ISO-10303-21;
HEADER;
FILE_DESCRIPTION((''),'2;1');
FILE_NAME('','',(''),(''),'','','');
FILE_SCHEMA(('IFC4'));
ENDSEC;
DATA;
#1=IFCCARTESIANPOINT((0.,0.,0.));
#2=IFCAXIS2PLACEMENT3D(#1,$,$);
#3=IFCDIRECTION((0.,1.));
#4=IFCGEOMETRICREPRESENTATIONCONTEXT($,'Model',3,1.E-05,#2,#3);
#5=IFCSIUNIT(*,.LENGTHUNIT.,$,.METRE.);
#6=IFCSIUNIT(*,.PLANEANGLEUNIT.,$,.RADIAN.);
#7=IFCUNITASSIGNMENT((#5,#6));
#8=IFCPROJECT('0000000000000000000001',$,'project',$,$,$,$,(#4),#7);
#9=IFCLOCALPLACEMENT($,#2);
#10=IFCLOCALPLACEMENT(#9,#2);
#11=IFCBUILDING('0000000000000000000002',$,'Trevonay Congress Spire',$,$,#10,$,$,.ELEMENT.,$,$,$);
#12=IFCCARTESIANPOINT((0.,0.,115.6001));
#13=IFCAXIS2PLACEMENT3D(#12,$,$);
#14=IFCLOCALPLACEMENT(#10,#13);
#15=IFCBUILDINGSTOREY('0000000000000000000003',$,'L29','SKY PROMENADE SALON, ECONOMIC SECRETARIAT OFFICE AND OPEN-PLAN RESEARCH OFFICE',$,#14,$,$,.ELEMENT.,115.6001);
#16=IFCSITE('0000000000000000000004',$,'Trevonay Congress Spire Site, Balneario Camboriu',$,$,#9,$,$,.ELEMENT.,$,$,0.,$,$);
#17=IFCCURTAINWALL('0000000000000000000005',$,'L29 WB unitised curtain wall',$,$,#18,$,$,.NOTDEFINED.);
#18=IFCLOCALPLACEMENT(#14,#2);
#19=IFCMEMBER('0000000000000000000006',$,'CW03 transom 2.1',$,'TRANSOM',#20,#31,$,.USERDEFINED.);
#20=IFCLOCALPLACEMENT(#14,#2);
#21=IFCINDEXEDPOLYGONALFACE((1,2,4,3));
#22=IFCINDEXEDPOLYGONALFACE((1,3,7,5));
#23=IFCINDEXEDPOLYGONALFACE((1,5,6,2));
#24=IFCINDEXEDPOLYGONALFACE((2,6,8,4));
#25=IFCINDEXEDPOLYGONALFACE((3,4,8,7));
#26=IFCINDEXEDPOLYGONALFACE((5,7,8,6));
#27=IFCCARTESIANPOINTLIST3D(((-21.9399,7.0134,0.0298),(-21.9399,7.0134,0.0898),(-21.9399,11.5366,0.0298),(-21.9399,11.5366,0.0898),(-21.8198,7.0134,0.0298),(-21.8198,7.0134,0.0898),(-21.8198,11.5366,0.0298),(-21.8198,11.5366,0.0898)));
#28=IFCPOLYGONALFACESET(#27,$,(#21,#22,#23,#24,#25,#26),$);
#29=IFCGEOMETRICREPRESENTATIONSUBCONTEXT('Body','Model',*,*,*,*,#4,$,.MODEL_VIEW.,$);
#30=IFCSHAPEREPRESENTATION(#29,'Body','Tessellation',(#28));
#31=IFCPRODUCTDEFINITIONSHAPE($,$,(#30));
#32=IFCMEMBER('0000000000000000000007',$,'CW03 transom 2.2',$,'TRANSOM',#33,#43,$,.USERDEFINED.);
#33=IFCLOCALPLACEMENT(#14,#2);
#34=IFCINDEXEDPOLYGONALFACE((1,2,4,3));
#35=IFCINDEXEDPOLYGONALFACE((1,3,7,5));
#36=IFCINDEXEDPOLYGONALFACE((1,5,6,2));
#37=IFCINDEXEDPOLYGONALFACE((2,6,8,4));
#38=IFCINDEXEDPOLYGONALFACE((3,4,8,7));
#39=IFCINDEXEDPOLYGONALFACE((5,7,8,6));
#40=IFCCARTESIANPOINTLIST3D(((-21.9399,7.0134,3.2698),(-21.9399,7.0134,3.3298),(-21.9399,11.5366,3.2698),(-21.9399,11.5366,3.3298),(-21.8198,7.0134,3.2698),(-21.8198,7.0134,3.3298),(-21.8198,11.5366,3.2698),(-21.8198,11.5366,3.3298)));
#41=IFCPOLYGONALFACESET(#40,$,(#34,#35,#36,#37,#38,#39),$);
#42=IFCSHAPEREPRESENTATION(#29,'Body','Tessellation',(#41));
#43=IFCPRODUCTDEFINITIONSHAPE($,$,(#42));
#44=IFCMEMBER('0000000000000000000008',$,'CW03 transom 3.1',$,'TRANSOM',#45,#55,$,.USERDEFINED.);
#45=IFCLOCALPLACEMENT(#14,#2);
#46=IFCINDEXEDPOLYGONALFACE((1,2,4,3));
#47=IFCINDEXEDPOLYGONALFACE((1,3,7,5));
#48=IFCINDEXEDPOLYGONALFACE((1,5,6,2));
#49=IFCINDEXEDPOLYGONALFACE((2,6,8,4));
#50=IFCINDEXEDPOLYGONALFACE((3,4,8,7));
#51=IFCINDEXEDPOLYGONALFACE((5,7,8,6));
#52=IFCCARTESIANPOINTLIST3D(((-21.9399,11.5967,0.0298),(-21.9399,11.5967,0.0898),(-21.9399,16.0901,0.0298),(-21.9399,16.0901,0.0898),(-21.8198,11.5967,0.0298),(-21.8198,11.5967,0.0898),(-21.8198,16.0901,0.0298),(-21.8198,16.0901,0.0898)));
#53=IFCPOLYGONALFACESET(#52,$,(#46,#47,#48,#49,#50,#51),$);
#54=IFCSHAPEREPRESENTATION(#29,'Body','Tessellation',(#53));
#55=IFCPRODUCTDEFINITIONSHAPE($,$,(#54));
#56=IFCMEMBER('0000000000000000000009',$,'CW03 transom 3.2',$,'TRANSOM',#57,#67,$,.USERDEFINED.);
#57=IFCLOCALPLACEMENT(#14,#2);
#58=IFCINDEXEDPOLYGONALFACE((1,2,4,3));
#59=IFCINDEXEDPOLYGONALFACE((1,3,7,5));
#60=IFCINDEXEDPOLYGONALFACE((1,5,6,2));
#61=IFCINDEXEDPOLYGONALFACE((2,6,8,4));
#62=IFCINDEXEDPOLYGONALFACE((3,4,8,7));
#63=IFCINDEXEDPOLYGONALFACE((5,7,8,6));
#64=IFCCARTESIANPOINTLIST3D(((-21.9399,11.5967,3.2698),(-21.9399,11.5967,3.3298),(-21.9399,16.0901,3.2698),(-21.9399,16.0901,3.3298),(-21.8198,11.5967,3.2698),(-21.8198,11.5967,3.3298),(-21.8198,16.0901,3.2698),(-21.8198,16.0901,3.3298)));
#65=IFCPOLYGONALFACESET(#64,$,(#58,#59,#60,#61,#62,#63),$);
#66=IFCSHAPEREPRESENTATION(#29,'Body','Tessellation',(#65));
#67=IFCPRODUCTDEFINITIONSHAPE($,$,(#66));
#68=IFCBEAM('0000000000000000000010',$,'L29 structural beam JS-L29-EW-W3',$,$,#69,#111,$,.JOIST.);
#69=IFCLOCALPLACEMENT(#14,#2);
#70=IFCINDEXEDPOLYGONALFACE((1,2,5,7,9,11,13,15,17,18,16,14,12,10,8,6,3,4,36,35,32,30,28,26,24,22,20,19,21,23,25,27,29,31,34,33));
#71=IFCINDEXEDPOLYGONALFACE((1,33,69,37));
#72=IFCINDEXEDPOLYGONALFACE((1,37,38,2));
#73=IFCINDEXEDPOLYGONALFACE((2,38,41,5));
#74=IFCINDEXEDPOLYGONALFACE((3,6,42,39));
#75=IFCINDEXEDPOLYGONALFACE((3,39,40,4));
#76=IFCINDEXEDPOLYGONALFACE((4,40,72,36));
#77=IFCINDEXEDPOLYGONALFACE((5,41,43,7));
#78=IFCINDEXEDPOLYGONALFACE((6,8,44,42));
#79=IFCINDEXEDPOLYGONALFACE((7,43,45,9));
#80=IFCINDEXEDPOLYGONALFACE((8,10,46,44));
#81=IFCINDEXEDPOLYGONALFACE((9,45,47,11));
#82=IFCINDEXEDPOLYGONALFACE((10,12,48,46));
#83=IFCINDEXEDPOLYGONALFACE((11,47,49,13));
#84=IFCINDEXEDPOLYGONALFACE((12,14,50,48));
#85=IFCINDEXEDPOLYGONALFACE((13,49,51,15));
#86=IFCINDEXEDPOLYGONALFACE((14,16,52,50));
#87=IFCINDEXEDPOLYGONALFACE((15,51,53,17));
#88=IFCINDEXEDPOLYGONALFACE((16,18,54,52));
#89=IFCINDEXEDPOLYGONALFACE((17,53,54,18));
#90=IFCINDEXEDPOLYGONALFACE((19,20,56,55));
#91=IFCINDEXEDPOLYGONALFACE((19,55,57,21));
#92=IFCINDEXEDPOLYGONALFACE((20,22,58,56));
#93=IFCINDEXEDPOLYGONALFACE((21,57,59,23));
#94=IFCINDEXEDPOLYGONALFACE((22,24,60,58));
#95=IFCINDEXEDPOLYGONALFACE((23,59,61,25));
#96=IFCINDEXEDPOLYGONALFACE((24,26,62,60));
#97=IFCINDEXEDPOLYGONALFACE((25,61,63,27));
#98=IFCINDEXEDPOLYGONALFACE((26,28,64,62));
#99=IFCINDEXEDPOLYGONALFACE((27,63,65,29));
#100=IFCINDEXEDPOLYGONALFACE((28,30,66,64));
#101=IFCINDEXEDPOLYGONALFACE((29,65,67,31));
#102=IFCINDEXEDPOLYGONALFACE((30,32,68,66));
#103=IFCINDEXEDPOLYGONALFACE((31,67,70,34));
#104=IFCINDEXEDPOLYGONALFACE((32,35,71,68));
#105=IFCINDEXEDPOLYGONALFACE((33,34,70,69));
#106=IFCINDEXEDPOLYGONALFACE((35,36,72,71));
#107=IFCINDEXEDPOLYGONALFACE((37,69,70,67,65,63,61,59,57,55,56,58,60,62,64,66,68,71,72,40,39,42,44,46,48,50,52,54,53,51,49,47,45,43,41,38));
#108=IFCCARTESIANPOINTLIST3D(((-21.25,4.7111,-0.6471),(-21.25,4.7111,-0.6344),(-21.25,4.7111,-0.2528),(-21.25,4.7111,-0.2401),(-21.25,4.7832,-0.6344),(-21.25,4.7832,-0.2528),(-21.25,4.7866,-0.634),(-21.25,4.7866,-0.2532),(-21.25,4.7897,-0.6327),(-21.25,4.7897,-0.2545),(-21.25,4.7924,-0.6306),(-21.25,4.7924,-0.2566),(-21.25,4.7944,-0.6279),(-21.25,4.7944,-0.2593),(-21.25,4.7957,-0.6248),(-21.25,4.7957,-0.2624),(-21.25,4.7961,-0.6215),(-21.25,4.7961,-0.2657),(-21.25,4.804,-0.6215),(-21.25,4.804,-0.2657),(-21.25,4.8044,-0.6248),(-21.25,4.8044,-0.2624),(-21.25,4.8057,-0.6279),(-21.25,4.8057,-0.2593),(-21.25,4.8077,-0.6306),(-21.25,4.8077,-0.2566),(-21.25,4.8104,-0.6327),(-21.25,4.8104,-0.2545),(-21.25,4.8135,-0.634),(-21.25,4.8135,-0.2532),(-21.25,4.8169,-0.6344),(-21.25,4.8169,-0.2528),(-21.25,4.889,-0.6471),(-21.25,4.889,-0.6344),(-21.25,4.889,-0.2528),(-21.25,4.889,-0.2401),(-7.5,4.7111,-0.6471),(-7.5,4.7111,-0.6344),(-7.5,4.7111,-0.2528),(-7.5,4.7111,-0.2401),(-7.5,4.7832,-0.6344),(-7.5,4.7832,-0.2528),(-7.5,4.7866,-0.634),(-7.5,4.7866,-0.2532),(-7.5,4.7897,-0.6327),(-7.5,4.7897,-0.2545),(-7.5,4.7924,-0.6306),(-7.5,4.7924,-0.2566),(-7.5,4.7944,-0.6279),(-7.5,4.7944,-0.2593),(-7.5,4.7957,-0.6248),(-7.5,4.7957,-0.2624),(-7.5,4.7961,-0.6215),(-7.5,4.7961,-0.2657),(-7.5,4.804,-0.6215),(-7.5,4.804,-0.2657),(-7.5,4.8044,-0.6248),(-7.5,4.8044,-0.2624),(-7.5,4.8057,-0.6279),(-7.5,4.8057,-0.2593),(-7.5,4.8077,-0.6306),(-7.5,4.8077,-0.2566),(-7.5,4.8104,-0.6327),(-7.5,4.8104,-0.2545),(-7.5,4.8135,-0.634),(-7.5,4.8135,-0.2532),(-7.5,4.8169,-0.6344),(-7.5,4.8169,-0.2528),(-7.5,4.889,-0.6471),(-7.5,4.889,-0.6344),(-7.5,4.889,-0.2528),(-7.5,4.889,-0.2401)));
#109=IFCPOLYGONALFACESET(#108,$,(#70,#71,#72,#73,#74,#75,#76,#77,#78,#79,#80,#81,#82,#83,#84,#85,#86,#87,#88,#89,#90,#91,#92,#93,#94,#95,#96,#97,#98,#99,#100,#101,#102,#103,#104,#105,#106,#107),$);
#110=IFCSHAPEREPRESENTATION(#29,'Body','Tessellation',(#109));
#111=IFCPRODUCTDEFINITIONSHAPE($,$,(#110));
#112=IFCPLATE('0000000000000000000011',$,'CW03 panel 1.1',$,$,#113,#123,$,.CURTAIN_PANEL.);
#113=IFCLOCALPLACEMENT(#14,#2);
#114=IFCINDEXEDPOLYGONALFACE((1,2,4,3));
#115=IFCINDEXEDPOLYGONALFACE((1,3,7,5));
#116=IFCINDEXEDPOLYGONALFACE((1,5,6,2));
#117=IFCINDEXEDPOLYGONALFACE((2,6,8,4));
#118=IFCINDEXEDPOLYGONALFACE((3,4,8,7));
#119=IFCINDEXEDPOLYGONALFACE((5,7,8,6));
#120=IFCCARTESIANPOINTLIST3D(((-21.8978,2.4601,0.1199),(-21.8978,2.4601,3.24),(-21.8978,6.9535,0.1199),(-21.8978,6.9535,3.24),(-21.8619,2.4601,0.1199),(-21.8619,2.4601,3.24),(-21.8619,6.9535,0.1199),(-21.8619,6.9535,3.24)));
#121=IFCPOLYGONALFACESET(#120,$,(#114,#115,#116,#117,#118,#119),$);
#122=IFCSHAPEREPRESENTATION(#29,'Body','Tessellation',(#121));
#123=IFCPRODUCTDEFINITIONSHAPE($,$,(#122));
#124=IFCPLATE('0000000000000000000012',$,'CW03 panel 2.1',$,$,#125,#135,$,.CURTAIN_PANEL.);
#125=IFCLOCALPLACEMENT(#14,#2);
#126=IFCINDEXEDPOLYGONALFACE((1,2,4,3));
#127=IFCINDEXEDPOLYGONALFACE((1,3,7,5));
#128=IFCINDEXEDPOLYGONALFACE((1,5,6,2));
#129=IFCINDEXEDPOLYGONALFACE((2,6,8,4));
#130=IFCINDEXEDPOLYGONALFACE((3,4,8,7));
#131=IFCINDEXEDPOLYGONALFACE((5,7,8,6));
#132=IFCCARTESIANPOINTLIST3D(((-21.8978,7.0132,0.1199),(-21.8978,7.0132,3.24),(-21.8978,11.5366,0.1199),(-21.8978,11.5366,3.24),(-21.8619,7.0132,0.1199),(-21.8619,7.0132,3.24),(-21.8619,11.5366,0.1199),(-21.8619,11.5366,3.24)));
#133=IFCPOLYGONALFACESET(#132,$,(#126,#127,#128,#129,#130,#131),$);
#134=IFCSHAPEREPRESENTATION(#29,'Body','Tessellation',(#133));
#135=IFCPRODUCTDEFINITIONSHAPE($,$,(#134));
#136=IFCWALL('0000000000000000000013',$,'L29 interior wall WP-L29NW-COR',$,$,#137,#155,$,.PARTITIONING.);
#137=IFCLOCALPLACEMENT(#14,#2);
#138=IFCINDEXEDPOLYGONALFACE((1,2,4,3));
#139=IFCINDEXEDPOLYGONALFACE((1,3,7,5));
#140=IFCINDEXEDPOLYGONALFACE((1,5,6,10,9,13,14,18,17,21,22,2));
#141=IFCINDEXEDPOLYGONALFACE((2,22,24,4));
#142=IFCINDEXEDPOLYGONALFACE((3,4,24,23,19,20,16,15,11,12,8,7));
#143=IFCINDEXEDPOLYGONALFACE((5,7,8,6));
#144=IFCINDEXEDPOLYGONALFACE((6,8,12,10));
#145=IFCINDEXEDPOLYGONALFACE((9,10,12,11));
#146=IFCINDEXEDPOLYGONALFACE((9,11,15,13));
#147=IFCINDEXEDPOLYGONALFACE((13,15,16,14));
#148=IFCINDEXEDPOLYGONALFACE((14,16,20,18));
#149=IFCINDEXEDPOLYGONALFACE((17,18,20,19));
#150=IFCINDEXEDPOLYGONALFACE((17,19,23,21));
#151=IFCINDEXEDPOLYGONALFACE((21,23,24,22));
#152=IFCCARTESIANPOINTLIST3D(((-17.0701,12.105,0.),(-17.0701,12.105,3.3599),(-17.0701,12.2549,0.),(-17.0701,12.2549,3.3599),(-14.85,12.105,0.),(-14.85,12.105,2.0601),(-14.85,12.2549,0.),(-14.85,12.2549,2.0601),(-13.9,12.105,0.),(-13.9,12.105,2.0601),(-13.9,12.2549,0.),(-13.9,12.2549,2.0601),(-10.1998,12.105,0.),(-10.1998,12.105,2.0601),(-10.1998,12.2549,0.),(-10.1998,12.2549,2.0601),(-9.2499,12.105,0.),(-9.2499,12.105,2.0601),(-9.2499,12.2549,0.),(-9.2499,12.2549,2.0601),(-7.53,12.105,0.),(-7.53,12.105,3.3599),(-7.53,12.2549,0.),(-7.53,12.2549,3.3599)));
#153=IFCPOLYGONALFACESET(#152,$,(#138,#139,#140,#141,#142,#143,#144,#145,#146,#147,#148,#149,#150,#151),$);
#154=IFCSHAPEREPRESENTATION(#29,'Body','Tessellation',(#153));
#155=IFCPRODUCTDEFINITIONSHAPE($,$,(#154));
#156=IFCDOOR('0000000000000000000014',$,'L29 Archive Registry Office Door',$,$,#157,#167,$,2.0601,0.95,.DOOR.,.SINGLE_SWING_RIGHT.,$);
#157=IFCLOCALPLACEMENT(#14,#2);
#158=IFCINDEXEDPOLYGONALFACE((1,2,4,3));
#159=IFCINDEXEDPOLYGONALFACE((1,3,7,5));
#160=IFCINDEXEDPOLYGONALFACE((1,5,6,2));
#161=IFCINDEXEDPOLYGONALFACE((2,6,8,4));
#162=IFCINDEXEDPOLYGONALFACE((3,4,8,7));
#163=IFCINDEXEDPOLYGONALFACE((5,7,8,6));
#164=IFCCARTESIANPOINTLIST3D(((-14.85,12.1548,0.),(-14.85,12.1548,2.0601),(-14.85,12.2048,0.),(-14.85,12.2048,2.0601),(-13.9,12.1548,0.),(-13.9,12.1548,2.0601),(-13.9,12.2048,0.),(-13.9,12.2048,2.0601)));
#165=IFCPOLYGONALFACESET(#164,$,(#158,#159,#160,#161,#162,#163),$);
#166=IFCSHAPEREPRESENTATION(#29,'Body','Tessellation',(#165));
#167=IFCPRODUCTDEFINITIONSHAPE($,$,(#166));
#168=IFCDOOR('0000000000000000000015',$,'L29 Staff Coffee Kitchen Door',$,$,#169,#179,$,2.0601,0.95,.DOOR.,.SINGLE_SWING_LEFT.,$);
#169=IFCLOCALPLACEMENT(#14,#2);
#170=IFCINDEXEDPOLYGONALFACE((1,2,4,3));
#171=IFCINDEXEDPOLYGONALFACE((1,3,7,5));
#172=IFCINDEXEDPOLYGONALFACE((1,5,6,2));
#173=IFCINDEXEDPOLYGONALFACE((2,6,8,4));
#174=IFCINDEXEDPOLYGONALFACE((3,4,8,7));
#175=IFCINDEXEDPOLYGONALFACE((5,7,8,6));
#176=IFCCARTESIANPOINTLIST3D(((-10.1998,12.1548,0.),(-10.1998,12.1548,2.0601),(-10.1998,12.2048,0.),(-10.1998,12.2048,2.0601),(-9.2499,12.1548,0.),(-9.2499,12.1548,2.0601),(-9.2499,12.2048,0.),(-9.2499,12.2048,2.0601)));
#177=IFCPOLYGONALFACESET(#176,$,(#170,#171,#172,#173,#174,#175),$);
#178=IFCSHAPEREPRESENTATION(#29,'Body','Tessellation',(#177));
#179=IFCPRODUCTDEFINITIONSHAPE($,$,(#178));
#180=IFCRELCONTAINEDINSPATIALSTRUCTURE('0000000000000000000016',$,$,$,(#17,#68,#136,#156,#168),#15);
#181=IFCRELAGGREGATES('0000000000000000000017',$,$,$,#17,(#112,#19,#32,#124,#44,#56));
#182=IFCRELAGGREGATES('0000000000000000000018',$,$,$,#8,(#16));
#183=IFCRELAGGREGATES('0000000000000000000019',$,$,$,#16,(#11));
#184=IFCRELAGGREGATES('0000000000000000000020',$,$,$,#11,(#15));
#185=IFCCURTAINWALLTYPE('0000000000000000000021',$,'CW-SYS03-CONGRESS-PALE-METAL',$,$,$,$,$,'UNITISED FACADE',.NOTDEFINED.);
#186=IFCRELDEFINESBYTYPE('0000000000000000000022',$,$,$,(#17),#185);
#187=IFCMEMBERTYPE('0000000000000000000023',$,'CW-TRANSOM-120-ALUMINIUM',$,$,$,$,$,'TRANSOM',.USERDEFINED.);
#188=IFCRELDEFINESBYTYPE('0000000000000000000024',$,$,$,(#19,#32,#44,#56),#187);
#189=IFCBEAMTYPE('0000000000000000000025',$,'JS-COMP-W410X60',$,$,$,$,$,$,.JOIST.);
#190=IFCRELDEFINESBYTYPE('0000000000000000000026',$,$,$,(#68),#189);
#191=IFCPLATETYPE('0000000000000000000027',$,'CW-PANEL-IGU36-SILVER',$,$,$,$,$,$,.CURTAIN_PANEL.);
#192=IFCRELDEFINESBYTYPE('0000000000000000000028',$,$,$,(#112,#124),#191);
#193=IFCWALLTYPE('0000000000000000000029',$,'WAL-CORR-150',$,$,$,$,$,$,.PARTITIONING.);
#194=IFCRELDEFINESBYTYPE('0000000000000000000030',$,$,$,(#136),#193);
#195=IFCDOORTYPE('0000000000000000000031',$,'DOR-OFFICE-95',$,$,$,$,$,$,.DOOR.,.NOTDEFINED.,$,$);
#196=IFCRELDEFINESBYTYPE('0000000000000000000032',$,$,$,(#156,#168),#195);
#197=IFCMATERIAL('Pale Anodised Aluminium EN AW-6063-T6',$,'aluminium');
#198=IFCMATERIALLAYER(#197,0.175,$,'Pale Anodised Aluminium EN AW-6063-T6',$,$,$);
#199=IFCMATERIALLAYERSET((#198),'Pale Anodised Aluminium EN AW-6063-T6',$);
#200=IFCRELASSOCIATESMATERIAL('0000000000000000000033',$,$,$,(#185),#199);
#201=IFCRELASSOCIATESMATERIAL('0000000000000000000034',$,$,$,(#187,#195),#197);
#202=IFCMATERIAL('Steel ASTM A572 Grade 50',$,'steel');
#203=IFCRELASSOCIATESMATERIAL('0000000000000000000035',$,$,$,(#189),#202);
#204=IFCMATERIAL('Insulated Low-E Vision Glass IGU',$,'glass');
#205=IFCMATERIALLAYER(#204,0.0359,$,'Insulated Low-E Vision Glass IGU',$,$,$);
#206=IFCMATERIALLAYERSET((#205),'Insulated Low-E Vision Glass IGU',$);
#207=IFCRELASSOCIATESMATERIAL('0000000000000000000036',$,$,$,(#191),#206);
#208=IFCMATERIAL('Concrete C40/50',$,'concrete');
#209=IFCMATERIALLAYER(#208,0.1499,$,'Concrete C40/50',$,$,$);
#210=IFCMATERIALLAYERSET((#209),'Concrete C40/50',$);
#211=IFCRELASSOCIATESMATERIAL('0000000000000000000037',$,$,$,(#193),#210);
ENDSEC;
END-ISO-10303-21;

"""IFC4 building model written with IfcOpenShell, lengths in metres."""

from ifc_helpers import new_model, si_unit, direction, frame, frame_2d, origin, origin_2d, place, context, subcontext, project, spatial, rectangle, i_section, extrude, material, layer, layer_set, material_profile, profile_set, type_object, element, fill, aggregate, save


model = new_model("IFC4")

# Units and contexts
model_context = context("Model", 3, precision=1e-05, world=origin(), true_north=direction((0.0, 1.0)))
body_context = subcontext(model_context, "Body", "Model", "MODEL_VIEW")
ifc_project = project(units=[si_unit("LENGTHUNIT", "METRE"), si_unit("PLANEANGLEUNIT", "RADIAN")], contexts=[model_context])

# Site, building, storey
site_placement = place(None, origin())
site = spatial("IfcSite", under=ifc_project, at=site_placement, Name="Trevonay Congress Spire Site, Balneario Camboriu", CompositionType="ELEMENT", RefElevation=0.0)
building_placement = place(site_placement, origin())
building = spatial("IfcBuilding", under=site, at=building_placement, Name="Trevonay Congress Spire", CompositionType="ELEMENT")
storey_placement = place(building_placement, frame((0.0, 0.0, 115.6001)))
storey = spatial("IfcBuildingStorey", under=building, at=storey_placement, Name="L29", Description="SKY PROMENADE SALON, ECONOMIC SECRETARIAT OFFICE AND OPEN-PLAN RESEARCH OFFICE", CompositionType="ELEMENT", Elevation=115.6001)

# Shared definitions
ifc_material_1 = material(Name="Steel ASTM A572 Grade 50", Category="steel")

# Curtain wall, members
ifc_material_2 = material(Name="Pale Anodised Aluminium EN AW-6063-T6", Category="aluminium")
ifc_layer_1 = layer(ifc_material_2, 0.175, Name="Pale Anodised Aluminium EN AW-6063-T6")
ifc_layer_set_1 = layer_set([ifc_layer_1], Name="Pale Anodised Aluminium EN AW-6063-T6")
curtain_wall_type = type_object("IfcCurtainWallType", Name="CW-SYS03-CONGRESS-PALE-METAL", ElementType="UNITISED FACADE", PredefinedType="NOTDEFINED", material=ifc_layer_set_1)
curtain_wall_placement = place(storey_placement, origin())
curtain_wall = element("IfcCurtainWall", 1, at=curtain_wall_placement, inside=storey, type_object=curtain_wall_type, Name="L29 WB unitised curtain wall", PredefinedType="NOTDEFINED")
ifc_material_profile_1 = material_profile(ifc_material_2, rectangle(XDim=0.1201, YDim=0.0601, at=origin_2d()), Name="CW-TRANSOM-120-ALUMINIUM")
ifc_profile_set_1 = profile_set([ifc_material_profile_1], Name="Pale Anodised Aluminium EN AW-6063-T6")
member_type_1 = type_object("IfcMemberType", Name="CW-TRANSOM-120-ALUMINIUM", ElementType="TRANSOM", PredefinedType="USERDEFINED", material=ifc_profile_set_1)
member_1_placement = place(storey_placement, frame((-21.8799, 7.0134, 0.0598), z_axis=(0.0, 1.0, 0.0), x_axis=(-1.0, 0.0, 0.0)))
member_1 = element("IfcMember", 2, at=member_1_placement, type_object=member_type_1, Name="CW03 transom 2.1", ObjectType="TRANSOM", PredefinedType="USERDEFINED", context=body_context, shape_type="SweptSolid", body=[
    extrude(rectangle(XDim=0.1201, YDim=0.0601, at=origin_2d()), origin(), (0.0, 0.0, 1.0), 4.5232),
])
member_2_placement = place(storey_placement, frame((-21.8799, 7.0134, 3.2998), z_axis=(0.0, 1.0, 0.0), x_axis=(-1.0, 0.0, 0.0)))
member_2 = element("IfcMember", 3, at=member_2_placement, type_object=member_type_1, Name="CW03 transom 2.2", ObjectType="TRANSOM", PredefinedType="USERDEFINED", context=body_context, shape_type="SweptSolid", body=[
    extrude(rectangle(XDim=0.1201, YDim=0.0601, at=origin_2d()), origin(), (0.0, 0.0, 1.0), 4.5232),
])
member_3_placement = place(storey_placement, frame((-21.8799, 11.5967, 0.0598), z_axis=(0.0, 1.0, 0.0), x_axis=(-1.0, 0.0, 0.0)))
member_3 = element("IfcMember", 4, at=member_3_placement, type_object=member_type_1, Name="CW03 transom 3.1", ObjectType="TRANSOM", PredefinedType="USERDEFINED", context=body_context, shape_type="SweptSolid", body=[
    extrude(rectangle(XDim=0.1201, YDim=0.0601, at=origin_2d()), origin(), (0.0, 0.0, 1.0), 4.4934),
])
member_4_placement = place(storey_placement, frame((-21.8799, 11.5967, 3.2998), z_axis=(0.0, 1.0, 0.0), x_axis=(-1.0, 0.0, 0.0)))
member_4 = element("IfcMember", 5, at=member_4_placement, type_object=member_type_1, Name="CW03 transom 3.2", ObjectType="TRANSOM", PredefinedType="USERDEFINED", context=body_context, shape_type="SweptSolid", body=[
    extrude(rectangle(XDim=0.1201, YDim=0.0601, at=origin_2d()), origin(), (0.0, 0.0, 1.0), 4.4934),
])

# Beam
ifc_material_profile_2 = material_profile(ifc_material_1, i_section(OverallWidth=0.178, OverallDepth=0.407, WebThickness=0.0078, FlangeThickness=0.0127, FilletRadius=0.0129, at=origin_2d()), Name="W410x60")
ifc_profile_set_2 = profile_set([ifc_material_profile_2], Name="Steel ASTM A572 Grade 50")
beam_type_1 = type_object("IfcBeamType", Name="JS-COMP-W410X60", PredefinedType="JOIST", material=ifc_profile_set_2)
beam_placement = place(storey_placement, frame((-21.25, 4.8, -0.4436), z_axis=(1.0, 0.0, 0.0), x_axis=(0.0, 1.0, 0.0)))
element("IfcBeam", 6, at=beam_placement, inside=storey, type_object=beam_type_1, Name="L29 structural beam JS-L29-EW-W3", PredefinedType="JOIST", context=body_context, shape_type="SweptSolid", body=[
    extrude(i_section(OverallWidth=0.178, OverallDepth=0.407, WebThickness=0.0078, FlangeThickness=0.0127, FilletRadius=0.0129, at=origin_2d()), origin(), (0.0, 0.0, 1.0), 13.75),
])

# Plates
ifc_material_3 = material(Name="Insulated Low-E Vision Glass IGU", Category="glass")
ifc_layer_2 = layer(ifc_material_3, 0.0359, Name="Insulated Low-E Vision Glass IGU")
ifc_layer_set_2 = layer_set([ifc_layer_2], Name="Insulated Low-E Vision Glass IGU")
plate_type = type_object("IfcPlateType", Name="CW-PANEL-IGU36-SILVER", PredefinedType="CURTAIN_PANEL", material=ifc_layer_set_2)
plate_1_placement = place(storey_placement, frame((-21.8799, 4.7068, 0.1199), z_axis=(0.0, 0.0, 1.0), x_axis=(0.0, 1.0, 0.0)))
plate_1 = element("IfcPlate", 7, at=plate_1_placement, type_object=plate_type, Name="CW03 panel 1.1", PredefinedType="CURTAIN_PANEL", context=body_context, shape_type="SweptSolid", body=[
    extrude(rectangle(XDim=4.4934, YDim=0.0359, at=origin_2d()), origin(), (0.0, 0.0, 1.0), 3.1201),
])
plate_2_placement = place(storey_placement, frame((-21.8799, 9.2749, 0.1199), z_axis=(0.0, 0.0, 1.0), x_axis=(0.0, 1.0, 0.0)))
plate_2 = element("IfcPlate", 8, at=plate_2_placement, type_object=plate_type, Name="CW03 panel 2.1", PredefinedType="CURTAIN_PANEL", context=body_context, shape_type="SweptSolid", body=[
    extrude(rectangle(XDim=4.5234, YDim=0.0359, at=origin_2d()), origin(), (0.0, 0.0, 1.0), 3.1201),
])
aggregate(curtain_wall, [plate_1, member_1, member_2, plate_2, member_3, member_4])

# Wall, openings, doors
ifc_material_4 = material(Name="Concrete C40/50", Category="concrete")
ifc_layer_3 = layer(ifc_material_4, 0.1499, Name="Concrete C40/50")
ifc_layer_set_3 = layer_set([ifc_layer_3], Name="Concrete C40/50")
wall_type_1 = type_object("IfcWallType", Name="WAL-CORR-150", PredefinedType="PARTITIONING", material=ifc_layer_set_3)
wall_1_placement = place(storey_placement, frame((-17.0701, 12.1799, 0.0), z_axis=(0.0, 0.0, 1.0), x_axis=(1.0, 0.0, 0.0)))
wall_1 = element("IfcWall", 9, at=wall_1_placement, inside=storey, type_object=wall_type_1, Name="L29 interior wall WP-L29NW-COR", PredefinedType="PARTITIONING", context=body_context, shape_type="SweptSolid", body=[
    extrude(rectangle(XDim=9.54, YDim=0.1499, at=frame_2d((4.77, 0.0))), origin(), (0.0, 0.0, 1.0), 3.3599),
])
opening_1_placement = place(wall_1_placement, frame((2.22, 0.0, 0.0)))
opening_1 = element("IfcOpeningElement", 10, at=opening_1_placement, cuts=wall_1, PredefinedType="OPENING", context=body_context, shape_type="SweptSolid", body=[
    extrude(rectangle(XDim=0.95, YDim=2.0601, at=frame_2d((0.4751, 1.03))), frame((0.0, 0.085, 0.0), z_axis=(0.0, -1.0, 0.0), x_axis=(1.0, 0.0, 0.0)), (0.0, 0.0, 1.0), 0.1699),
])
opening_2_placement = place(wall_1_placement, frame((6.8701, 0.0, 0.0)))
opening_2 = element("IfcOpeningElement", 11, at=opening_2_placement, cuts=wall_1, PredefinedType="OPENING", context=body_context, shape_type="SweptSolid", body=[
    extrude(rectangle(XDim=0.95, YDim=2.0601, at=frame_2d((0.4751, 1.03))), frame((0.0, 0.085, 0.0), z_axis=(0.0, -1.0, 0.0), x_axis=(1.0, 0.0, 0.0)), (0.0, 0.0, 1.0), 0.1699),
])
door_type = type_object("IfcDoorType", Name="DOR-OFFICE-95", OperationType="NOTDEFINED", PredefinedType="DOOR", material=ifc_material_2)
door_1_placement = place(opening_1_placement, origin())
door_1 = element("IfcDoor", 12, at=door_1_placement, inside=storey, type_object=door_type, Name="L29 Archive Registry Office Door", OperationType="SINGLE_SWING_RIGHT", OverallHeight=2.0601, OverallWidth=0.95, PredefinedType="DOOR", context=body_context, shape_type="SweptSolid", body=[
    extrude(rectangle(XDim=0.95, YDim=2.0601, at=frame_2d((0.4751, 1.03))), frame((0.0, 0.0249, 0.0), z_axis=(0.0, -1.0, 0.0), x_axis=(1.0, 0.0, 0.0)), (0.0, 0.0, 1.0), 0.05),
])
fill(opening_1, door_1)
door_2_placement = place(opening_2_placement, origin())
door_2 = element("IfcDoor", 13, at=door_2_placement, inside=storey, type_object=door_type, Name="L29 Staff Coffee Kitchen Door", OperationType="SINGLE_SWING_LEFT", OverallHeight=2.0601, OverallWidth=0.95, PredefinedType="DOOR", context=body_context, shape_type="SweptSolid", body=[
    extrude(rectangle(XDim=0.95, YDim=2.0601, at=frame_2d((0.4751, 1.03))), frame((0.0, 0.0249, 0.0), z_axis=(0.0, -1.0, 0.0), x_axis=(1.0, 0.0, 0.0)), (0.0, 0.0, 1.0), 0.05),
])
fill(opening_2, door_2)

save(model, "model.ifc")
